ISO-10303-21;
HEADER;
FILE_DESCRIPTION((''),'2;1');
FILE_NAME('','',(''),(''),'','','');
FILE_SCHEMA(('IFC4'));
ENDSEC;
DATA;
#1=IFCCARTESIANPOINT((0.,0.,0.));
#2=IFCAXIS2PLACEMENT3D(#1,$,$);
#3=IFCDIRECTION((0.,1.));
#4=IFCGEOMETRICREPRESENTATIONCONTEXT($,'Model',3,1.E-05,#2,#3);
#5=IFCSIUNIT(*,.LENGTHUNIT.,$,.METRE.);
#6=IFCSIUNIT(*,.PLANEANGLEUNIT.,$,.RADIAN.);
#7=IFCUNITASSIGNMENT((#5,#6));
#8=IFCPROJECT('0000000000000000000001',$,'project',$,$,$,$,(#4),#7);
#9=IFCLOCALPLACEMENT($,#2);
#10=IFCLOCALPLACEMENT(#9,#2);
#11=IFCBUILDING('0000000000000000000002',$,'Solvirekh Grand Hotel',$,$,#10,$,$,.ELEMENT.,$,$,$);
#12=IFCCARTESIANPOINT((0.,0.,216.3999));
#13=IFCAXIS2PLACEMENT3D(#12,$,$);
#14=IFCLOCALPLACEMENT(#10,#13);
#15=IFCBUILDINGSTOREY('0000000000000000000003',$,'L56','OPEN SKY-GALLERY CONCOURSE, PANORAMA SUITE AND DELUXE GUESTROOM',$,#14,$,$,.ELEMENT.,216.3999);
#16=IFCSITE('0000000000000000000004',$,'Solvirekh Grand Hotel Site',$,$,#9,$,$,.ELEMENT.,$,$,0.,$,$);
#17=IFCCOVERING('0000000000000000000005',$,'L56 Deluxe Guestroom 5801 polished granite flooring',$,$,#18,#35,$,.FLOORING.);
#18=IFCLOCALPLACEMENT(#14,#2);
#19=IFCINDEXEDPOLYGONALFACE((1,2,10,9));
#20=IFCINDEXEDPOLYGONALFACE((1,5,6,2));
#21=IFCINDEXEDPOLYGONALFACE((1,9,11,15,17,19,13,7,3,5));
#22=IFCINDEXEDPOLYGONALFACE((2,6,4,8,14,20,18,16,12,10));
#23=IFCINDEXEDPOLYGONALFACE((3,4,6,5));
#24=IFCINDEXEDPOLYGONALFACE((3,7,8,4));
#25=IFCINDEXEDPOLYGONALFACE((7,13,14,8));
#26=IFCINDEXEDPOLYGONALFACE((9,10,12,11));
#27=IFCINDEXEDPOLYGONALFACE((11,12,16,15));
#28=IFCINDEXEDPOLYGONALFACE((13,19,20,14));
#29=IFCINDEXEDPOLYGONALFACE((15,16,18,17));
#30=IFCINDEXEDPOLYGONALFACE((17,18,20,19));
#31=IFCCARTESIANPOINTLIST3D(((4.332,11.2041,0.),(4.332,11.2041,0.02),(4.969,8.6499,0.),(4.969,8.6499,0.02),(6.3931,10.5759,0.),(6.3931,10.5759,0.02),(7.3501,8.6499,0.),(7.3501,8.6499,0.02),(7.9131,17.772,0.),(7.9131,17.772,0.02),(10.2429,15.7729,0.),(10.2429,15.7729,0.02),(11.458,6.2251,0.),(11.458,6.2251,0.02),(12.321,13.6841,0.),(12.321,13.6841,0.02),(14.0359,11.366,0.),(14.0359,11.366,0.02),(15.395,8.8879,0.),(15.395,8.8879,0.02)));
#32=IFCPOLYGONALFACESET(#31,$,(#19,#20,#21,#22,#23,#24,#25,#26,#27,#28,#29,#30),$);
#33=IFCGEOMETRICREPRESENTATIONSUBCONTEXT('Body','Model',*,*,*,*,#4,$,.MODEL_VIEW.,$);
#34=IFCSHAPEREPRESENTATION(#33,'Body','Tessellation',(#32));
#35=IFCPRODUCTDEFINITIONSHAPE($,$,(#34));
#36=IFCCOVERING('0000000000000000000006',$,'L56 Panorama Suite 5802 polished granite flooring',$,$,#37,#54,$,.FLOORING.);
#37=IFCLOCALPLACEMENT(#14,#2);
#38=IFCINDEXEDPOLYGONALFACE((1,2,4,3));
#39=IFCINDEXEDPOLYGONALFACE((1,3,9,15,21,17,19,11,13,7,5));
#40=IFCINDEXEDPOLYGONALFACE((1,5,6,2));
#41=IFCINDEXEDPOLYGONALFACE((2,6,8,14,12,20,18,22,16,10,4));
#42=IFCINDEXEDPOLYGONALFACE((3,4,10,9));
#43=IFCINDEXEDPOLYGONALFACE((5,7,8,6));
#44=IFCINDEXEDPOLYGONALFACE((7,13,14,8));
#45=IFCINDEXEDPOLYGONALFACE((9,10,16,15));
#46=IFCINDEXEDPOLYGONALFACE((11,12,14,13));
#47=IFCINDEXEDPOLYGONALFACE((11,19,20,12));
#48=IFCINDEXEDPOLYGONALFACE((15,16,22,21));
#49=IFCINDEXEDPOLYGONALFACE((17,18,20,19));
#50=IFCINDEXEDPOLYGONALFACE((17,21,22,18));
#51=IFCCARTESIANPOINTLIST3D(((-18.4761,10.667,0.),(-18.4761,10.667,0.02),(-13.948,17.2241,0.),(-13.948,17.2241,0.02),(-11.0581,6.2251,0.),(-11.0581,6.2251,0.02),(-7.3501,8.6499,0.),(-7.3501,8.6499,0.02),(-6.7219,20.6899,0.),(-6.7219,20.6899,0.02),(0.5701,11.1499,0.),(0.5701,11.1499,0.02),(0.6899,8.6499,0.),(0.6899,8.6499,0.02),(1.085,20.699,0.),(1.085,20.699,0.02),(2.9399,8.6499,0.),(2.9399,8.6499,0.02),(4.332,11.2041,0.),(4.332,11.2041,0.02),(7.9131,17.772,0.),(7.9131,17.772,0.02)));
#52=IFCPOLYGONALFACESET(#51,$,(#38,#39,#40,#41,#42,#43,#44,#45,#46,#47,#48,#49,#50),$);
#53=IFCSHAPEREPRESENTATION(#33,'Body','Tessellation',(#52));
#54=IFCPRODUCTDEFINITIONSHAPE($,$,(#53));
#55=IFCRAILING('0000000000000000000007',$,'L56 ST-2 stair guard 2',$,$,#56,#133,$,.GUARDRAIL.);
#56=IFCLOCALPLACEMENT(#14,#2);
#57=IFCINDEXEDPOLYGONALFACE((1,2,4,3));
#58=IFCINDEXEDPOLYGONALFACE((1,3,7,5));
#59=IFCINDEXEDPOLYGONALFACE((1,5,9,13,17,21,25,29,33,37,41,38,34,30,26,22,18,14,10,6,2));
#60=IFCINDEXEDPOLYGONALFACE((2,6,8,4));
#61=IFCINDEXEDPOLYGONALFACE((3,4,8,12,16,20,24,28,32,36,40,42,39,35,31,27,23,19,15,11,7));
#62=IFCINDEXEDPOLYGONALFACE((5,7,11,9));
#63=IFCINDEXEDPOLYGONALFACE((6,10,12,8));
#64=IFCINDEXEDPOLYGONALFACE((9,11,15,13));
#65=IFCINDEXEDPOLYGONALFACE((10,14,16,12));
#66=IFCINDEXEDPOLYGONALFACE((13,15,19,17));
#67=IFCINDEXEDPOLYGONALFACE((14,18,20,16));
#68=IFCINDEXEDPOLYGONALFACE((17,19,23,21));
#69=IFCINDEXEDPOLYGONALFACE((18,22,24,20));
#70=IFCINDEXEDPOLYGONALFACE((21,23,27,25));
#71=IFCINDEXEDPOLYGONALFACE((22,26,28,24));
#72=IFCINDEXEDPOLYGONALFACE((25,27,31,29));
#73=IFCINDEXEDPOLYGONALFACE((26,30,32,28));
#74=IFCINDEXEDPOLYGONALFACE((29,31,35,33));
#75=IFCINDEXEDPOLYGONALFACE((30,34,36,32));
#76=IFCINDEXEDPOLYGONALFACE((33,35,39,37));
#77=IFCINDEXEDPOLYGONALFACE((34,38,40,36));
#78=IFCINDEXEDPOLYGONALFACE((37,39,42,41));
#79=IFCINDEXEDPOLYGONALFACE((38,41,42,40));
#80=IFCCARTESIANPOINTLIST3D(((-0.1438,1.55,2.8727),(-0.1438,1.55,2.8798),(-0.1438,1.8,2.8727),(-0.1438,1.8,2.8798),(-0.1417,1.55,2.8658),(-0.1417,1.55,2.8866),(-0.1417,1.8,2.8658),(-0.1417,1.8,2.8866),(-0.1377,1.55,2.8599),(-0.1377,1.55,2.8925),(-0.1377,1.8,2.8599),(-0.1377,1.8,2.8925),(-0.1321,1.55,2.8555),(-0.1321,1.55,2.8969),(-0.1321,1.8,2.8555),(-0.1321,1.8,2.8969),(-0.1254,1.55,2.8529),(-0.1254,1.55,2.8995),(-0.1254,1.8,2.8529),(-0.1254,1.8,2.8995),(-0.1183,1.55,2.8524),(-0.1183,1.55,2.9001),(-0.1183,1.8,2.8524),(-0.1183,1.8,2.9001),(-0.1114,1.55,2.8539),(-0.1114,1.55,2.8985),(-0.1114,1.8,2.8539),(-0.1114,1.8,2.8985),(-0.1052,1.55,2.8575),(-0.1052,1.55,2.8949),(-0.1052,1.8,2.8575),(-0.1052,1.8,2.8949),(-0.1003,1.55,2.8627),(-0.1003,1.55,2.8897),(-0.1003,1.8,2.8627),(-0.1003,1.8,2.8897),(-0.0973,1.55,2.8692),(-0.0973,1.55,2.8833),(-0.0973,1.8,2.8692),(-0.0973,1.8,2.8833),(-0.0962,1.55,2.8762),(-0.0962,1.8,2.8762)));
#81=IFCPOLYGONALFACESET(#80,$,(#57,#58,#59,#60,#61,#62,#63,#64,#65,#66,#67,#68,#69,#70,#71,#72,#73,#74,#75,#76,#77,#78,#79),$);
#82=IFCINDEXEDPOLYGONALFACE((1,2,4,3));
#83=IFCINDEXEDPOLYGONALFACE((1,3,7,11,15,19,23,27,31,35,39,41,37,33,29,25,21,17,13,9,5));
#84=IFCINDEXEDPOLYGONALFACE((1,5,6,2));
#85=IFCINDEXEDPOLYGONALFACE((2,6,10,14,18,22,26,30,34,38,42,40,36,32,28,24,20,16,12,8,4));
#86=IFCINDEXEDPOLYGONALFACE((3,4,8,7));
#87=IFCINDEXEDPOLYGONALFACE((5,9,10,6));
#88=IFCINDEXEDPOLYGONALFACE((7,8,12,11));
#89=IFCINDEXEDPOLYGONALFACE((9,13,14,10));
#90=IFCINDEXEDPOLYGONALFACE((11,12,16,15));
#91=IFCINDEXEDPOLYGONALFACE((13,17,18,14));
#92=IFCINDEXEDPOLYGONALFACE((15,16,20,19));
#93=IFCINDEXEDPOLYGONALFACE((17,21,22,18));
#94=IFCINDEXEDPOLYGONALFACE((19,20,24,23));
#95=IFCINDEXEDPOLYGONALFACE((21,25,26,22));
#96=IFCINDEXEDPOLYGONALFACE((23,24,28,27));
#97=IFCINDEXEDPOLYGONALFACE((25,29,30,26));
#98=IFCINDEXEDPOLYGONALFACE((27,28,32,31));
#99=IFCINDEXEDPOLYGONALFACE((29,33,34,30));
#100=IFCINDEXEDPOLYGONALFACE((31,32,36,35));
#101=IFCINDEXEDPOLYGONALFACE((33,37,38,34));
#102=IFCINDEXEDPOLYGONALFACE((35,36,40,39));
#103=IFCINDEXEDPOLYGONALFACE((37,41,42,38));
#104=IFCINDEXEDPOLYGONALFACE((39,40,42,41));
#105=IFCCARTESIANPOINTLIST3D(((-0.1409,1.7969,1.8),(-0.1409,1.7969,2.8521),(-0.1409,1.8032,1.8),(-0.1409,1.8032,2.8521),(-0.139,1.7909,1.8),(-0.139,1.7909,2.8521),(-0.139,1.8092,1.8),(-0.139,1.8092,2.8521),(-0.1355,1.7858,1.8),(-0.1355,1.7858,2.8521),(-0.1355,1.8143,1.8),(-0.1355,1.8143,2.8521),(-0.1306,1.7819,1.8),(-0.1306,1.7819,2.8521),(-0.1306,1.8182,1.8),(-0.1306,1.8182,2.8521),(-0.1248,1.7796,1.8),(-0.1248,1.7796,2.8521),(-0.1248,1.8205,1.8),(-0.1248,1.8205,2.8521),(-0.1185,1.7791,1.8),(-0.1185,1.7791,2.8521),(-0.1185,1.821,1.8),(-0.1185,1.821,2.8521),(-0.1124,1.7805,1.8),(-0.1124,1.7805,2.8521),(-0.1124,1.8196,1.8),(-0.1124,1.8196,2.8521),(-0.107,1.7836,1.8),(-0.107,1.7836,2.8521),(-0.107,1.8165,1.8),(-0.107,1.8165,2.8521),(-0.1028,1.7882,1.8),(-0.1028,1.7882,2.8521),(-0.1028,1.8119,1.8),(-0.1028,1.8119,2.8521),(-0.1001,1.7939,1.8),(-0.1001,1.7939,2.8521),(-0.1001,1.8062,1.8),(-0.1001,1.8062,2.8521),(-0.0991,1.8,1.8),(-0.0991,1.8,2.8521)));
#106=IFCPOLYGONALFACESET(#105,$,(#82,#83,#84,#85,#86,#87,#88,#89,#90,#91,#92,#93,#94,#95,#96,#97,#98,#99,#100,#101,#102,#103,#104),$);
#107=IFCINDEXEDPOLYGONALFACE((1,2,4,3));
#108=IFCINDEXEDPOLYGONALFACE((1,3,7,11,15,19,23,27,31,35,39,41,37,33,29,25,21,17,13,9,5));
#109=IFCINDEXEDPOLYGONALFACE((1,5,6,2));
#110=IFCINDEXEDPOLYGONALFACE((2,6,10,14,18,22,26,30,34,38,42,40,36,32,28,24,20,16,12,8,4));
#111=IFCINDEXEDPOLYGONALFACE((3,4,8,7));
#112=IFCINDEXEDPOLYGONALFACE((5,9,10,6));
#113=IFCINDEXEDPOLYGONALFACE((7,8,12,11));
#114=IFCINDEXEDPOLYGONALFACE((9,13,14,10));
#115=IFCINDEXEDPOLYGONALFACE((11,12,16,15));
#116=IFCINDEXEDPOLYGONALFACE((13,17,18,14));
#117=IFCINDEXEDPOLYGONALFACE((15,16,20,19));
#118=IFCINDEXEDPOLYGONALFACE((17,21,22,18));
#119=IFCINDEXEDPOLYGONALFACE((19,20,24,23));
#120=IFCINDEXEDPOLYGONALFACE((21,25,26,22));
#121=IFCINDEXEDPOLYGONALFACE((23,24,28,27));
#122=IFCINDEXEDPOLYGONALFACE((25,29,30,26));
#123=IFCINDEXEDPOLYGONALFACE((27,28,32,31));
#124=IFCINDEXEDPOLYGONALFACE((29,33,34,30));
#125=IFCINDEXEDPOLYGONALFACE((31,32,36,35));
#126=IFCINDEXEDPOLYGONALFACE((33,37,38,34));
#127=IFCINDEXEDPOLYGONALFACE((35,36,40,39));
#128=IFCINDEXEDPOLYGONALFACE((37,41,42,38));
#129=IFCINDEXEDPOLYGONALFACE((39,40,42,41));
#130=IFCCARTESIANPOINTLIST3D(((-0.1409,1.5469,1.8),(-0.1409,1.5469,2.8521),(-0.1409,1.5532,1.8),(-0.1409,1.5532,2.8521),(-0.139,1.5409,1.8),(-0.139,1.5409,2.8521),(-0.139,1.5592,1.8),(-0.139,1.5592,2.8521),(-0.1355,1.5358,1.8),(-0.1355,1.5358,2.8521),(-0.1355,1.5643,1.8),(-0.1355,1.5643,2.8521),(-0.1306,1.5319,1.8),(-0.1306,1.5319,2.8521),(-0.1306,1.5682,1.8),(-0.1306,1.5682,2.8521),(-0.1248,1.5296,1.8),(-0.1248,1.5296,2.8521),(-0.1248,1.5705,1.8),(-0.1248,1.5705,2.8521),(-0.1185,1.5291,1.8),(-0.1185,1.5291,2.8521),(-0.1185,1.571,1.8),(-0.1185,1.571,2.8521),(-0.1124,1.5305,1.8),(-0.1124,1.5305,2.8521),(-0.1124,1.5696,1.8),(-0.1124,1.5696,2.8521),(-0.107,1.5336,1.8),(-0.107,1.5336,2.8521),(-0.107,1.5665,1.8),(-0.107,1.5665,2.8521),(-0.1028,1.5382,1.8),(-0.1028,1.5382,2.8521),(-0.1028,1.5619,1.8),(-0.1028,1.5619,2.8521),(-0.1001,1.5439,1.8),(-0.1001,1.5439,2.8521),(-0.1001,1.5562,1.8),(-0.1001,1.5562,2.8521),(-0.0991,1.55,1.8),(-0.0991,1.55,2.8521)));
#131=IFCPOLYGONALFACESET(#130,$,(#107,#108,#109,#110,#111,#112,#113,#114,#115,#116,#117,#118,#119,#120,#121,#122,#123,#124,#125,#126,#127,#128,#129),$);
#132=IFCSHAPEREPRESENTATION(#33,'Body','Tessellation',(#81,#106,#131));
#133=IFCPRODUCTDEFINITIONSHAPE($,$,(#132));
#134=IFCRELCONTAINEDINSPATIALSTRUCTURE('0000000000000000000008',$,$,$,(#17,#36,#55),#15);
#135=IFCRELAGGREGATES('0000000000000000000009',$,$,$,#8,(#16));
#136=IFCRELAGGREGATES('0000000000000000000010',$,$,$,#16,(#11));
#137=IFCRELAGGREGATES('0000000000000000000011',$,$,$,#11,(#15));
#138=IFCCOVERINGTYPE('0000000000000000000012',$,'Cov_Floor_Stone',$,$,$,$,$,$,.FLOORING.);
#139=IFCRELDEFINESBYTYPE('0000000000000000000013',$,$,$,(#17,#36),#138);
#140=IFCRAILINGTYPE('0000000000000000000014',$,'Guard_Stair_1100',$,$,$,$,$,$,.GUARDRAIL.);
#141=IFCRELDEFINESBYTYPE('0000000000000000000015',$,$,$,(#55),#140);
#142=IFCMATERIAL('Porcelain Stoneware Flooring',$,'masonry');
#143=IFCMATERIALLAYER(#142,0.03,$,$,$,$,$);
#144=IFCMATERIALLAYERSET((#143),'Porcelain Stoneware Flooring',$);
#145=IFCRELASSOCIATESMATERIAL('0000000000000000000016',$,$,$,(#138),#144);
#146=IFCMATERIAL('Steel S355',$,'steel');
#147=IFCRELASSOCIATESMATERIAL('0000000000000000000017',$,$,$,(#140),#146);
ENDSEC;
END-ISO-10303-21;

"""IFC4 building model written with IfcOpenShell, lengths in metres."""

from ifc_helpers import new_model, si_unit, direction, frame, origin, origin_2d, place, context, subcontext, project, spatial, polyline, circle, outline, extrude, material, layer, layer_set, type_object, element, save


model = new_model("IFC4")

# Units and contexts
model_context = context("Model", 3, precision=1e-05, world=origin(), true_north=direction((0.0, 1.0)))
body_context = subcontext(model_context, "Body", "Model", "MODEL_VIEW")
ifc_project = project(units=[si_unit("LENGTHUNIT", "METRE"), si_unit("PLANEANGLEUNIT", "RADIAN")], contexts=[model_context])

# Site, building, storey
site_placement = place(None, origin())
site = spatial("IfcSite", under=ifc_project, at=site_placement, Name="Solvirekh Grand Hotel Site", CompositionType="ELEMENT", RefElevation=0.0)
building_placement = place(site_placement, origin())
building = spatial("IfcBuilding", under=site, at=building_placement, Name="Solvirekh Grand Hotel", CompositionType="ELEMENT")
storey_placement = place(building_placement, frame((0.0, 0.0, 216.3999)))
storey = spatial("IfcBuildingStorey", under=building, at=storey_placement, Name="L56", Description="OPEN SKY-GALLERY CONCOURSE, PANORAMA SUITE AND DELUXE GUESTROOM", CompositionType="ELEMENT", Elevation=216.3999)

# Shared definitions
ifc_material_1 = material(Name="Steel S355", Category="steel")

# Coverings
ifc_material_2 = material(Name="Porcelain Stoneware Flooring", Category="masonry")
ifc_layer_1 = layer(ifc_material_2, 0.03)
ifc_layer_set_1 = layer_set([ifc_layer_1], Name="Porcelain Stoneware Flooring")
covering_type_1 = type_object("IfcCoveringType", Name="Cov_Floor_Stone", PredefinedType="FLOORING", material=ifc_layer_set_1)
covering_1_placement = place(storey_placement, origin())
element("IfcCovering", 1, at=covering_1_placement, inside=storey, type_object=covering_type_1, Name="L56 Deluxe Guestroom 5801 polished granite flooring", PredefinedType="FLOORING", context=body_context, shape_type="SweptSolid", body=[
    extrude(outline(polyline([(4.332, 11.2041), (6.3931, 10.5759), (4.969, 8.6499), (7.3501, 8.6499), (11.458, 6.2251), (15.395, 8.8879), (14.0359, 11.366), (12.321, 13.6841), (10.2429, 15.7729), (7.9131, 17.772), (4.332, 11.2041)])), origin(), (0.0, 0.0, 1.0), 0.02),
])
covering_2_placement = place(storey_placement, origin())
element("IfcCovering", 2, at=covering_2_placement, inside=storey, type_object=covering_type_1, Name="L56 Panorama Suite 5802 polished granite flooring", PredefinedType="FLOORING", context=body_context, shape_type="SweptSolid", body=[
    extrude(outline(polyline([(0.6899, 8.6499), (0.5701, 11.1499), (4.332, 11.2041), (2.9399, 8.6499), (7.9131, 17.772), (1.085, 20.699), (-6.7219, 20.6899), (-13.948, 17.2241), (-18.4761, 10.667), (-11.0581, 6.2251), (-7.3501, 8.6499), (0.6899, 8.6499)])), origin(), (0.0, 0.0, 1.0), 0.02),
])

# Railing
railing_type_1 = type_object("IfcRailingType", Name="Guard_Stair_1100", PredefinedType="GUARDRAIL", material=ifc_material_1)
railing_1_placement = place(storey_placement, frame((-0.1201, 1.8, 1.8)))
element("IfcRailing", 3, at=railing_1_placement, inside=storey, type_object=railing_type_1, Name="L56 ST-2 stair guard 2", PredefinedType="GUARDRAIL", context=body_context, shape_type="SweptSolid", body=[
    extrude(circle(Radius=0.0239, at=origin_2d()), frame((0.0, 0.0, 1.0762), z_axis=(0.0, -1.0, 0.0), x_axis=(1.0, 0.0, 0.0)), (0.0, 0.0, 1.0), 0.25),
    extrude(circle(Radius=0.021, at=origin_2d()), origin(), (0.0, 0.0, 1.0), 1.052),
    extrude(circle(Radius=0.021, at=origin_2d()), frame((0.0, -0.25, 0.0)), (0.0, 0.0, 1.0), 1.052),
])

save(model, "model.ifc")
